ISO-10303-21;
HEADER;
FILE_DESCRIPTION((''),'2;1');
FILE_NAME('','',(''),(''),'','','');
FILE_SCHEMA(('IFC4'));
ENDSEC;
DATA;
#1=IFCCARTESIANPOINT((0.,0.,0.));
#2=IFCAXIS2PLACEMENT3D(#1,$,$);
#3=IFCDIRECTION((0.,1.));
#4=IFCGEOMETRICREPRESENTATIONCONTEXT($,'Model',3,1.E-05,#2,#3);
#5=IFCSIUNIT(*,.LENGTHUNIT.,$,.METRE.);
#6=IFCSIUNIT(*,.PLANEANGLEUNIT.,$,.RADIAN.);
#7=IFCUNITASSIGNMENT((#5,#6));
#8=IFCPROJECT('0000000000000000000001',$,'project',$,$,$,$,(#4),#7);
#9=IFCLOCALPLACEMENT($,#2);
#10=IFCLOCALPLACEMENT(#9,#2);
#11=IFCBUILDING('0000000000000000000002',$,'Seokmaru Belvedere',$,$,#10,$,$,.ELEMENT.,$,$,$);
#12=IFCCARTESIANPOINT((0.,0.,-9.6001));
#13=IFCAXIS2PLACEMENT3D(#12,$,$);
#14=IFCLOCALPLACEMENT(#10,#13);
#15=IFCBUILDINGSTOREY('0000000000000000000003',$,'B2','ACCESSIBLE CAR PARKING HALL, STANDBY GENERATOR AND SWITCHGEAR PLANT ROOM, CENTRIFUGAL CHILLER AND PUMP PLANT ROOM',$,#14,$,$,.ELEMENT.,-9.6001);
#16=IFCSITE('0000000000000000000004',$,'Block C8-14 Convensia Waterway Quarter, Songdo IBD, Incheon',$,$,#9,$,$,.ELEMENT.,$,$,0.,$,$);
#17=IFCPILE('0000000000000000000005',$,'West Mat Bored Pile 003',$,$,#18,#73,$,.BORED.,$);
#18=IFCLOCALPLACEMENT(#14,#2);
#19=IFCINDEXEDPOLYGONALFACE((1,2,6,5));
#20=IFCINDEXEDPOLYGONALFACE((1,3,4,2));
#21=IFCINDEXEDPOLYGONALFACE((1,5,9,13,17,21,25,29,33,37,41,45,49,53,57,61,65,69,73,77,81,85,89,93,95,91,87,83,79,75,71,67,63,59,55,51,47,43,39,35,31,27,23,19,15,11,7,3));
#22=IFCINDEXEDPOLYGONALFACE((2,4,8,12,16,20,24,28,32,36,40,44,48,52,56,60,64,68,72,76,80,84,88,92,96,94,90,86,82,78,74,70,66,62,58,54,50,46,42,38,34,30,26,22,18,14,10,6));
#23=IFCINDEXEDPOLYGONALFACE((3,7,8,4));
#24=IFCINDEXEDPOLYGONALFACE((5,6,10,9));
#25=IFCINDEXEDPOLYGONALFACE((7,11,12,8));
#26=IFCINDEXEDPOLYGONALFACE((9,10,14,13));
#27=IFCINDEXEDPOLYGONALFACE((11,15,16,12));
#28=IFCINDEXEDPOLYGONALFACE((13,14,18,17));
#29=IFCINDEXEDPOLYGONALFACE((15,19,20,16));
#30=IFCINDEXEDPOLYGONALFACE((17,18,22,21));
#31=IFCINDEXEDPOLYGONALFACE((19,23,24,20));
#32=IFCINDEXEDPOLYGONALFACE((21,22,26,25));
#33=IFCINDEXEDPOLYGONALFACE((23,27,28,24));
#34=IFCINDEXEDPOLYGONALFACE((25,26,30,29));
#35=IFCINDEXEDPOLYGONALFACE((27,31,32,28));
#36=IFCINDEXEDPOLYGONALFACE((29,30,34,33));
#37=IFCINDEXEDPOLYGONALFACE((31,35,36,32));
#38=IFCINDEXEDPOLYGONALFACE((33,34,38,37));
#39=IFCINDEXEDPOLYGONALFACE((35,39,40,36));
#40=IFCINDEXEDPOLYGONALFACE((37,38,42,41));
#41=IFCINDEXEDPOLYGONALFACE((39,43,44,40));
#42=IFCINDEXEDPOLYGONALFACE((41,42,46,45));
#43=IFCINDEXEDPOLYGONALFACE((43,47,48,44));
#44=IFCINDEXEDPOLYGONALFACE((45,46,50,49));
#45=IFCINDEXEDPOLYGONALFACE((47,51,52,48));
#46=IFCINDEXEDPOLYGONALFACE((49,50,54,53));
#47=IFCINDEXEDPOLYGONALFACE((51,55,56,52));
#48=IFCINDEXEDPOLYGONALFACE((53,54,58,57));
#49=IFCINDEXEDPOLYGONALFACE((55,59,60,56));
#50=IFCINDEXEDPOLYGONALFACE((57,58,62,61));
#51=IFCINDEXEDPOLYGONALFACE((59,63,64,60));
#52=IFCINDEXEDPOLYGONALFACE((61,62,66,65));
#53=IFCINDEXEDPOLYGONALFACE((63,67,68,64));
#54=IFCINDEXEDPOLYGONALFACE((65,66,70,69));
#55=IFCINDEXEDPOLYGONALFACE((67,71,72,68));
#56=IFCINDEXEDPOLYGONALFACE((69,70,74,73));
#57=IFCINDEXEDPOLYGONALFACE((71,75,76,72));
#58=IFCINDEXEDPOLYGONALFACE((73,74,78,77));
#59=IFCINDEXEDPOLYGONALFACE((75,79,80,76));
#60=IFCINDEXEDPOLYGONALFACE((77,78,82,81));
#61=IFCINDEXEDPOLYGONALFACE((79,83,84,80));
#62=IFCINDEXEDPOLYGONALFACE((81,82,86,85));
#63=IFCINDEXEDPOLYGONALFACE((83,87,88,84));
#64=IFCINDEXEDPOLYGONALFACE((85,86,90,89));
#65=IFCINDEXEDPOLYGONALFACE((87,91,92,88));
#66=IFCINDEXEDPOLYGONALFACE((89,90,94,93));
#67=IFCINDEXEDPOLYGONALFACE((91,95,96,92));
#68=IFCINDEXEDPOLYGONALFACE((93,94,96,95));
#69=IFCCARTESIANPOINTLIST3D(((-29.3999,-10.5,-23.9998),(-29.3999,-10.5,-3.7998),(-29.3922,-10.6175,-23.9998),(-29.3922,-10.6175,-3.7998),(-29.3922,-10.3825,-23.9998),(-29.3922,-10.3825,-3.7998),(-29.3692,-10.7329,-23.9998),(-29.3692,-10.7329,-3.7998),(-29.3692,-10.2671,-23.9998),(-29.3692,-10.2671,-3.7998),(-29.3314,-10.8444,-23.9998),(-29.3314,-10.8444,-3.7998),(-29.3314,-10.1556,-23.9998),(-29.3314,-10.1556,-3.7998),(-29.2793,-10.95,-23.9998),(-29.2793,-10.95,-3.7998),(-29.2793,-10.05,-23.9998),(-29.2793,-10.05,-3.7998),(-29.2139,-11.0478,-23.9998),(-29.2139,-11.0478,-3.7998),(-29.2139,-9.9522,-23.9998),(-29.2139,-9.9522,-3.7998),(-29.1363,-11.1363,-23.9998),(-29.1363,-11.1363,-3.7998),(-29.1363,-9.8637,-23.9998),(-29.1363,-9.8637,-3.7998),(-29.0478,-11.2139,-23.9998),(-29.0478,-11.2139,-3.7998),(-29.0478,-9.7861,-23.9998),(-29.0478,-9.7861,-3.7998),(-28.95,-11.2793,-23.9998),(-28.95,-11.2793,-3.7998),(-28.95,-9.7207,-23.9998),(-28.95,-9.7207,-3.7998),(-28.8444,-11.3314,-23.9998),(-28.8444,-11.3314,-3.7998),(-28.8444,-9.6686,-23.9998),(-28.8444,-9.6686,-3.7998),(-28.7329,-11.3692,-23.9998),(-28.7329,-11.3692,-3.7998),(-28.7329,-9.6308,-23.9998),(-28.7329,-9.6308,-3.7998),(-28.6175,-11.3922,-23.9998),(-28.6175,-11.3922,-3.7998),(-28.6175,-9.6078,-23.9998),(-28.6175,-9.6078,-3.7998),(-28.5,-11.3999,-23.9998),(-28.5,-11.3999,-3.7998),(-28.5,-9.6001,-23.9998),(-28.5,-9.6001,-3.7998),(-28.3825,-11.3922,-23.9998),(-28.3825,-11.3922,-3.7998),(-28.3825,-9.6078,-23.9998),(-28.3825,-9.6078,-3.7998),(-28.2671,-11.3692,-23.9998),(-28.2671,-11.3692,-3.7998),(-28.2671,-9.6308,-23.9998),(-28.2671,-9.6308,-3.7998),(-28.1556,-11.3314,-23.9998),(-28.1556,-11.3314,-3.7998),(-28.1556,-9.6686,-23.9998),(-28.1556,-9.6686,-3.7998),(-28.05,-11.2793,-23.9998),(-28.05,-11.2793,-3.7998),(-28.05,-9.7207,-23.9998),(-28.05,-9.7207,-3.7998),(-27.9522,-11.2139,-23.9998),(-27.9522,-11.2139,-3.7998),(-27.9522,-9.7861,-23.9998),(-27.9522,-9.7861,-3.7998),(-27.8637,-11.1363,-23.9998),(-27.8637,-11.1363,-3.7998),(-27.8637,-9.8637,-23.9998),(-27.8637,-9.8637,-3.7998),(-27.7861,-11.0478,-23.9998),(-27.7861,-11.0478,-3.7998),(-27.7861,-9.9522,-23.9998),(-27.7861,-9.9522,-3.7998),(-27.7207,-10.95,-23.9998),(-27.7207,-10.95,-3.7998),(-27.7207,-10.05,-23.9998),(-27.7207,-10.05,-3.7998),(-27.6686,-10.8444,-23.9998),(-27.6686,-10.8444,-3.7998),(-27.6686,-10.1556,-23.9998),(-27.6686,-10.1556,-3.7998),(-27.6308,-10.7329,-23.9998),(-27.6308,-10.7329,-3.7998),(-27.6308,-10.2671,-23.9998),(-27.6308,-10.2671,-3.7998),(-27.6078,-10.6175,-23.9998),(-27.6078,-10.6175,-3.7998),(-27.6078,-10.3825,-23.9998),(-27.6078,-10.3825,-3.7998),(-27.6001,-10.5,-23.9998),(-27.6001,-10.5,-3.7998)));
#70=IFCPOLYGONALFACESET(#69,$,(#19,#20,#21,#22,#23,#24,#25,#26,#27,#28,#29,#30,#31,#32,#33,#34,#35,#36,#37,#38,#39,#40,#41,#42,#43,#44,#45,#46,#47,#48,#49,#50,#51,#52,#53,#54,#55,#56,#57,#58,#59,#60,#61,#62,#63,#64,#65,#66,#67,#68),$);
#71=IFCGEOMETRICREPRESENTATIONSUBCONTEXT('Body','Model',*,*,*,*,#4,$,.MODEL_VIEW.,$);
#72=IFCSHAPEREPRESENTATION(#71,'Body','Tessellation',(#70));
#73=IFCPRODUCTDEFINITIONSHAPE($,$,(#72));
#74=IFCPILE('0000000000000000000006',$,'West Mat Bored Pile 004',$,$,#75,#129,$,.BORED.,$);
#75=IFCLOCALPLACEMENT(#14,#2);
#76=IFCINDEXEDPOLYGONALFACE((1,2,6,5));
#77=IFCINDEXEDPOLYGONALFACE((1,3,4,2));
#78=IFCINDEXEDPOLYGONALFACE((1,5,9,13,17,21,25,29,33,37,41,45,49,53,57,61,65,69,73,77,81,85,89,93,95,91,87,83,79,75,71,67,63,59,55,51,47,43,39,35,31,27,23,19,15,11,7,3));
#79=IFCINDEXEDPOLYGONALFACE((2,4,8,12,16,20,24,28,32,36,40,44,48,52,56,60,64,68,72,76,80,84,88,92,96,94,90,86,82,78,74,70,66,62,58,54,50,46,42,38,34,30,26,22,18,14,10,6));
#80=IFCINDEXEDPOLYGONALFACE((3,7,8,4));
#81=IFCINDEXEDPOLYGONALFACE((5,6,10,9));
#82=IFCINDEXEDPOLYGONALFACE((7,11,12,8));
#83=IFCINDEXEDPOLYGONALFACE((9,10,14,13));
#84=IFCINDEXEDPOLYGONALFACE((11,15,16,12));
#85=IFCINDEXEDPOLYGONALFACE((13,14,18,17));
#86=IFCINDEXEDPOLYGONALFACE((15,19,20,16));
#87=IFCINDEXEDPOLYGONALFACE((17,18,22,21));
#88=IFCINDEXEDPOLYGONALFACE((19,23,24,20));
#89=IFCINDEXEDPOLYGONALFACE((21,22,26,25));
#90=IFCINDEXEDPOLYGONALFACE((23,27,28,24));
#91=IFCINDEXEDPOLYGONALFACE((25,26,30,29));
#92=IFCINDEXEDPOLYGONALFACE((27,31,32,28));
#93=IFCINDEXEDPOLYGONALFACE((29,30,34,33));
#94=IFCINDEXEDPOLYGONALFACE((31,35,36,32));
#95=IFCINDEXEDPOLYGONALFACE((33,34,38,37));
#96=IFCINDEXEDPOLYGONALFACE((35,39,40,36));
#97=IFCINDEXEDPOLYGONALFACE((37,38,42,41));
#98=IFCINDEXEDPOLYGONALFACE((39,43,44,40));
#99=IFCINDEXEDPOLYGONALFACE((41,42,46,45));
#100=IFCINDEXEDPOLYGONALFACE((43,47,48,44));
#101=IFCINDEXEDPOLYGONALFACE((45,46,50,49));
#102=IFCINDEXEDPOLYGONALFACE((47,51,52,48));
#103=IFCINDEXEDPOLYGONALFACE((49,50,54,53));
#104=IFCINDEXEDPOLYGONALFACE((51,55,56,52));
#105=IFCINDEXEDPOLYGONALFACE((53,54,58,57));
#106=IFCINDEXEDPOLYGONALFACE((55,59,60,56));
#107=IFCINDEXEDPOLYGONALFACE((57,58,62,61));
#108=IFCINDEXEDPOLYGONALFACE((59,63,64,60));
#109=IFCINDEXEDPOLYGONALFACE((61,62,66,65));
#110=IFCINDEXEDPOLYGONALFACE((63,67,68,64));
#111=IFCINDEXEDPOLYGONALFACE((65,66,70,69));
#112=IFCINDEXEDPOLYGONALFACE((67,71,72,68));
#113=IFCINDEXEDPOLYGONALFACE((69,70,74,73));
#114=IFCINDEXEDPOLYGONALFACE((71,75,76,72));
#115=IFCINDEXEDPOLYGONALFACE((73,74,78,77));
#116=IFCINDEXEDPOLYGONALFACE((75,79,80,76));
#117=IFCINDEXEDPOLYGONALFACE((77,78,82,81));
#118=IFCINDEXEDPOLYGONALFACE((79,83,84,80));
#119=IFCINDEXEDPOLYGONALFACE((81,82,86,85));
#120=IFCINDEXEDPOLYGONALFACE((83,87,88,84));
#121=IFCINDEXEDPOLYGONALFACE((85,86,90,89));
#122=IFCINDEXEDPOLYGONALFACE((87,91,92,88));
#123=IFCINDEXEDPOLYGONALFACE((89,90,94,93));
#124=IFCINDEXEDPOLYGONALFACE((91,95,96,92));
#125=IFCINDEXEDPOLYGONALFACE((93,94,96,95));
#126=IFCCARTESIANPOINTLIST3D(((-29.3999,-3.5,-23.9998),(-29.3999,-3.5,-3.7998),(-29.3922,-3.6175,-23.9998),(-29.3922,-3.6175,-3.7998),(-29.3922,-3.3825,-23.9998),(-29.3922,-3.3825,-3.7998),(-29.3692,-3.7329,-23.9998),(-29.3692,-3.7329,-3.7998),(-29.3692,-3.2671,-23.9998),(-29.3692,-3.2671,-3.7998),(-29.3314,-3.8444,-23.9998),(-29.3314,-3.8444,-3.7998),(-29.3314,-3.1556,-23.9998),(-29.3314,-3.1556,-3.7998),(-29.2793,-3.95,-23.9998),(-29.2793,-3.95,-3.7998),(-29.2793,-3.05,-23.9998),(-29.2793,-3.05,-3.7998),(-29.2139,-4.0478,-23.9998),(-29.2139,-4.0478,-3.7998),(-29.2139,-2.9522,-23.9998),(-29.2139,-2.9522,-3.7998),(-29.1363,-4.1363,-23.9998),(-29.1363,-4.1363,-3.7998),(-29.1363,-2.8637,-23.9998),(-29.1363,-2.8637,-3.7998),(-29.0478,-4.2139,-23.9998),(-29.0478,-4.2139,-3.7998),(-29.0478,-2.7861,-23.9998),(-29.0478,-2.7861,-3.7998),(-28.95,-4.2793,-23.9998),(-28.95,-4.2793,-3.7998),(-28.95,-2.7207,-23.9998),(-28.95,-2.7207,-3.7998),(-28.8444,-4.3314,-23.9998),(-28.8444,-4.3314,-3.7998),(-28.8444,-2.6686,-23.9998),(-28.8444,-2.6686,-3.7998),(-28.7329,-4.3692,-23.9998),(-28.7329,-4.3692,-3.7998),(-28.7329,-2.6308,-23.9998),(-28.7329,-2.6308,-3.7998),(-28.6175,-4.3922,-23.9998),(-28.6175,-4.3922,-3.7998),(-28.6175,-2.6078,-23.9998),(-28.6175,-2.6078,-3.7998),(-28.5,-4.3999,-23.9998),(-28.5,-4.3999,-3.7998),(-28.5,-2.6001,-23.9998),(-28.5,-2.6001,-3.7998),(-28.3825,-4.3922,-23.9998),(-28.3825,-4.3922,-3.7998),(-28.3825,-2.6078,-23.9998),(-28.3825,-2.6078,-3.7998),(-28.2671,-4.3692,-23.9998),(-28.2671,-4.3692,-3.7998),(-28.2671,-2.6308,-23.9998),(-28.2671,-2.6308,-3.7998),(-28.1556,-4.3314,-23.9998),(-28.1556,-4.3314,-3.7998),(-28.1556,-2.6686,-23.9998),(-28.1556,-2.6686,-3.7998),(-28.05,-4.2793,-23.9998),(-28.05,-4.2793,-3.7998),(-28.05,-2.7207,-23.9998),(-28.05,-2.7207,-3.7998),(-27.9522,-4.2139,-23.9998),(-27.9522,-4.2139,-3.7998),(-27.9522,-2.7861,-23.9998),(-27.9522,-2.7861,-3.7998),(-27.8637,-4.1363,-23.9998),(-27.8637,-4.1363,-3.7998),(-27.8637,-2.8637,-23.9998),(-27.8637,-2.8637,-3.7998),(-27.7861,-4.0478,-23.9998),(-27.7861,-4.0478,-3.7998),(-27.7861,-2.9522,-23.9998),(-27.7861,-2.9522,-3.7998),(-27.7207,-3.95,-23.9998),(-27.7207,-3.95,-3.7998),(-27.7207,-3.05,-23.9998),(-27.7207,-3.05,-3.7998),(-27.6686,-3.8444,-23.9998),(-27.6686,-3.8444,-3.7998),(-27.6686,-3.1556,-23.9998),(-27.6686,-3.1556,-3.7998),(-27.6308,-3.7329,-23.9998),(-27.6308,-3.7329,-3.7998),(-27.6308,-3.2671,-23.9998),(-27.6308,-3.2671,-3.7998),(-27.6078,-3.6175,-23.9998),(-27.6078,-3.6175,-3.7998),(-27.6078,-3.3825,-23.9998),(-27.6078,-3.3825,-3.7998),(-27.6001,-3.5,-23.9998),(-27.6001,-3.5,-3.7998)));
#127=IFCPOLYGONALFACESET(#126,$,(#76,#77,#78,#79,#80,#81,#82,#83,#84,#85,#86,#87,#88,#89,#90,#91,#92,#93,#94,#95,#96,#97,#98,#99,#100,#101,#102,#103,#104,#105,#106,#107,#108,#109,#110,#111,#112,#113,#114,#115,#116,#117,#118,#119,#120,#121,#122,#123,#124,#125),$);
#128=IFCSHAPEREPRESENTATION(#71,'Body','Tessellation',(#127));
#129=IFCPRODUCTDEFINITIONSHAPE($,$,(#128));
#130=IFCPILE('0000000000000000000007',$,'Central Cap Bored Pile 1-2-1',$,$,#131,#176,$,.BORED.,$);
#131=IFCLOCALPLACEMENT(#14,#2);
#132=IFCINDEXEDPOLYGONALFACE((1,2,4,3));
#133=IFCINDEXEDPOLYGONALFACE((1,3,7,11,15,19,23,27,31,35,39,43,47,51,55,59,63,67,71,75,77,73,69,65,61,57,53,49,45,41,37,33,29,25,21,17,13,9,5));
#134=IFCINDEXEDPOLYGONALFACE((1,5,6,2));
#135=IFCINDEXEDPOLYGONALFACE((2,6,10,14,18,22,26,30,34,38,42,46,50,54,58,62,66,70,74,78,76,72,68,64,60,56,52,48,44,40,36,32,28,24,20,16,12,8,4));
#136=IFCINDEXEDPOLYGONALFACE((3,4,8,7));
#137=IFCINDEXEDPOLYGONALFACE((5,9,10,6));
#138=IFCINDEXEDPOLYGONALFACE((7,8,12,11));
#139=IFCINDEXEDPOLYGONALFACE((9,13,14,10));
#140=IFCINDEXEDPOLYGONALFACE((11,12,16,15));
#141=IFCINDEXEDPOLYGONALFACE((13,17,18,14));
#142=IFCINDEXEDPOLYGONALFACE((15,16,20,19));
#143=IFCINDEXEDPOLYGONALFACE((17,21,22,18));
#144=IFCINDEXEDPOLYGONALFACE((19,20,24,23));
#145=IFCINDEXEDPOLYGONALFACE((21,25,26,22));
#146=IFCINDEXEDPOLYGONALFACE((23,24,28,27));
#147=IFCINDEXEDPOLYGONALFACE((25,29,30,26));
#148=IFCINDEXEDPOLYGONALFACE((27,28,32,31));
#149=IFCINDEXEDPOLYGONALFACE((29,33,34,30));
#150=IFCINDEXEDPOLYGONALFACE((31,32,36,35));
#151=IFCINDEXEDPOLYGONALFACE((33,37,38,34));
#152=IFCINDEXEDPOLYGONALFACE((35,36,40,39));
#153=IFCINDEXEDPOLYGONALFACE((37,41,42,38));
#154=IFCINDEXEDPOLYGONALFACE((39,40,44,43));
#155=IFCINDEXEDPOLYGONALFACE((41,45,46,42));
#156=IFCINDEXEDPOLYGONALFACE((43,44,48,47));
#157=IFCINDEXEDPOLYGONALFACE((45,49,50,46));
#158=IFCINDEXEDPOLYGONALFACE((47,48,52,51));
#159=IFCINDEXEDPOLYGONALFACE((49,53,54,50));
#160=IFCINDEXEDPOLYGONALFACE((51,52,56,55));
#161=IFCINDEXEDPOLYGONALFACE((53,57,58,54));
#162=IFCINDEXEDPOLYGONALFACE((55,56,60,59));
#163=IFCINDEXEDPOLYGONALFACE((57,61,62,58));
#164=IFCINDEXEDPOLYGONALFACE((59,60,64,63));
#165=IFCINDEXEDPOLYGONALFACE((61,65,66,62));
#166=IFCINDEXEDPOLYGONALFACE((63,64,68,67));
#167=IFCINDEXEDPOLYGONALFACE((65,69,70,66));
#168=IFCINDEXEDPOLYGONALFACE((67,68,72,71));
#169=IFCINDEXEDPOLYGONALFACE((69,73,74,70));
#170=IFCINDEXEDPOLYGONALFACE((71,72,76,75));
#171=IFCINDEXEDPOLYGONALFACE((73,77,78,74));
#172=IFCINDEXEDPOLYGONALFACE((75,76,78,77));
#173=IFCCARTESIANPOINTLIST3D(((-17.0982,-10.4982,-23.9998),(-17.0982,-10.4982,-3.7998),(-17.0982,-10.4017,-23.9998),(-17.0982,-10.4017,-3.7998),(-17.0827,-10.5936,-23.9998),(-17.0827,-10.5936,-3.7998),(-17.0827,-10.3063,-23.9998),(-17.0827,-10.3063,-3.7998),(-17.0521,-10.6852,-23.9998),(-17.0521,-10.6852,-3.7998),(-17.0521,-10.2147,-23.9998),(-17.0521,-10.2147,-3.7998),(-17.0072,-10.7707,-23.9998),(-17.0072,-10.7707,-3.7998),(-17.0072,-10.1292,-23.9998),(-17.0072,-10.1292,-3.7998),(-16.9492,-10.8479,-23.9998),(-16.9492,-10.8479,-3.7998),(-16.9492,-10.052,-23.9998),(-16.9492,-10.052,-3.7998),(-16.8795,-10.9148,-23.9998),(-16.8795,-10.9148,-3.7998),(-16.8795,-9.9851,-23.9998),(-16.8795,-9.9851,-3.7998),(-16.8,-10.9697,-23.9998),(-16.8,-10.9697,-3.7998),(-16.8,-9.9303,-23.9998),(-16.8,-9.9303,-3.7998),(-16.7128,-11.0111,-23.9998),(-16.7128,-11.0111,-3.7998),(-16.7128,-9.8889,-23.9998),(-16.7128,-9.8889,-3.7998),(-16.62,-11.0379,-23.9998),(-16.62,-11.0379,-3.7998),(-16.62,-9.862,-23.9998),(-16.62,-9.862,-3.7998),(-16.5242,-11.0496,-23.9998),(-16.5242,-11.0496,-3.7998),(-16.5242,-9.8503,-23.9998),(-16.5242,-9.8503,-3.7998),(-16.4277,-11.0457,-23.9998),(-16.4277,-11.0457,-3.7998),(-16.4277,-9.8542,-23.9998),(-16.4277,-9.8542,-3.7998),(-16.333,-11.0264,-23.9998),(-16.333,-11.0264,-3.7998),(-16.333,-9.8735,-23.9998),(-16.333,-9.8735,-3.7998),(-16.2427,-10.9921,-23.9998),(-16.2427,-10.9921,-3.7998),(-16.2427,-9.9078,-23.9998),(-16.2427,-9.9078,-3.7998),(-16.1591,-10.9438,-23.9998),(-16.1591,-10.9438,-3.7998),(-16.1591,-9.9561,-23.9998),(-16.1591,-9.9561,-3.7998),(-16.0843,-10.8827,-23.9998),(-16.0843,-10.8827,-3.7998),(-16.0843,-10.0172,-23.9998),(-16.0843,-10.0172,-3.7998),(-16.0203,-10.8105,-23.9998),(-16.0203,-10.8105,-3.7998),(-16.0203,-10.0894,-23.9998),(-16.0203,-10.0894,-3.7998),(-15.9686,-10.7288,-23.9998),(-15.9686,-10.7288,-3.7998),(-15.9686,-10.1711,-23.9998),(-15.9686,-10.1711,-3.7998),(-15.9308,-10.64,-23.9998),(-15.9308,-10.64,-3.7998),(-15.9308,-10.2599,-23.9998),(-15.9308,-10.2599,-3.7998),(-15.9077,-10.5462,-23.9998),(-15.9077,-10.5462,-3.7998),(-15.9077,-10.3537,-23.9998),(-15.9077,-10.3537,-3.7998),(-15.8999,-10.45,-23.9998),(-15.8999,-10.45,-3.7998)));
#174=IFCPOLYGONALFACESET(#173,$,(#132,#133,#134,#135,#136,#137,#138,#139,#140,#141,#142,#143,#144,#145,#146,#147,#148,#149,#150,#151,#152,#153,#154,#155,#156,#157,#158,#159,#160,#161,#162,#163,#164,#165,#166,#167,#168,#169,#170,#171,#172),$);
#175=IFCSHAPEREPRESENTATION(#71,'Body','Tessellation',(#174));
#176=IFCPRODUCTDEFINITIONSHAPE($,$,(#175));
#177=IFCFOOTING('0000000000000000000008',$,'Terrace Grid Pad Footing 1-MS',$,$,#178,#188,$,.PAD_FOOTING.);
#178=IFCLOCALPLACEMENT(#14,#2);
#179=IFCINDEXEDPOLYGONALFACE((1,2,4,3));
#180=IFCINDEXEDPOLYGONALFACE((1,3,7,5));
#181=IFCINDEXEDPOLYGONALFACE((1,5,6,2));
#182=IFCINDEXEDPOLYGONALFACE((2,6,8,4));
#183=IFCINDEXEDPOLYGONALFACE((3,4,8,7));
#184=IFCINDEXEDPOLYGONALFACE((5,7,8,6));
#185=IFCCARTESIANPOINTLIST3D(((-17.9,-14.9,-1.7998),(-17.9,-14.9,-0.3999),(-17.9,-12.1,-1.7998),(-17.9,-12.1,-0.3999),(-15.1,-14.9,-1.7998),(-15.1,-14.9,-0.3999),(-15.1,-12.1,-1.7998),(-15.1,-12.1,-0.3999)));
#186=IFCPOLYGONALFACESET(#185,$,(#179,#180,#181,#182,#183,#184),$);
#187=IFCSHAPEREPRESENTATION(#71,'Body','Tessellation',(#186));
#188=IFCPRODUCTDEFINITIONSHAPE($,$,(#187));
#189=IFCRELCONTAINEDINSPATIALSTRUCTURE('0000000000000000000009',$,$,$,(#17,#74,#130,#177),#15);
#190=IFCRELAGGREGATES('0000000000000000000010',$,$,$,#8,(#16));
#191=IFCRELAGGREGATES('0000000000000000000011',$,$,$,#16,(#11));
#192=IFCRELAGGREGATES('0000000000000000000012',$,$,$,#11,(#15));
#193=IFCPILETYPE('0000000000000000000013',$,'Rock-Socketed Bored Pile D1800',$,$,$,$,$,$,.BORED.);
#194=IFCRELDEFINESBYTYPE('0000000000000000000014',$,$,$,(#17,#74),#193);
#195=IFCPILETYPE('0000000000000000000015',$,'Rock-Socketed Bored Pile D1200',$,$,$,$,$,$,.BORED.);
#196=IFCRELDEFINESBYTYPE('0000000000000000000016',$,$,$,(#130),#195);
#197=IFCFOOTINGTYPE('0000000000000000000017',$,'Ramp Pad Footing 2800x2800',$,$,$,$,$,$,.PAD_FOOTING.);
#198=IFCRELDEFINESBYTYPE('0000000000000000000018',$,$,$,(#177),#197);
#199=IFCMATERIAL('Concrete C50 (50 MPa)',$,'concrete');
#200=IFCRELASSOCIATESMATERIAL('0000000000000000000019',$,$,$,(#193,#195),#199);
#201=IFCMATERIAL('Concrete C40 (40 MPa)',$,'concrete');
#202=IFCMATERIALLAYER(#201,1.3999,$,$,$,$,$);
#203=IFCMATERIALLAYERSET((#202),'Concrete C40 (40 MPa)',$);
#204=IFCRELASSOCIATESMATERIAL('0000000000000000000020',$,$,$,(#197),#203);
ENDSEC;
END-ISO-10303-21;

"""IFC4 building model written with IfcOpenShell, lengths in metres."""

from ifc_helpers import new_model, si_unit, direction, frame, origin, origin_2d, place, context, subcontext, project, spatial, rectangle, circle, extrude, source, transform, mapped, material, layer, layer_set, material_profile, profile_set, type_object, type_shapes, element, save


model = new_model("IFC4")

# Units and contexts
model_context = context("Model", 3, precision=1e-05, world=origin(), true_north=direction((0.0, 1.0)))
body_context = subcontext(model_context, "Body", "Model", "MODEL_VIEW")
ifc_project = project(units=[si_unit("LENGTHUNIT", "METRE"), si_unit("PLANEANGLEUNIT", "RADIAN")], contexts=[model_context])

# Site, building, storey
site_placement = place(None, origin())
site = spatial("IfcSite", under=ifc_project, at=site_placement, Name="Block C8-14 Convensia Waterway Quarter, Songdo IBD, Incheon", CompositionType="ELEMENT", RefElevation=0.0)
building_placement = place(site_placement, origin())
building = spatial("IfcBuilding", under=site, at=building_placement, Name="Seokmaru Belvedere", CompositionType="ELEMENT")
storey_placement = place(building_placement, frame((0.0, 0.0, -9.6001)))
storey = spatial("IfcBuildingStorey", under=building, at=storey_placement, Name="B2", Description="ACCESSIBLE CAR PARKING HALL, STANDBY GENERATOR AND SWITCHGEAR PLANT ROOM, CENTRIFUGAL CHILLER AND PUMP PLANT ROOM", CompositionType="ELEMENT", Elevation=-9.6001)

# Piles
ifc_material_1 = material(Name="Concrete C50 (50 MPa)", Category="concrete")
ifc_material_profile_1 = material_profile(ifc_material_1, circle(Radius=0.8999, at=origin_2d()), Name="PILE-D1800")
ifc_profile_set_1 = profile_set([ifc_material_profile_1], Name="Concrete C50 (50 MPa)")
pile_type_1 = type_object("IfcPileType", Name="Rock-Socketed Bored Pile D1800", PredefinedType="BORED", material=ifc_profile_set_1)
shared_shape_1 = source(origin(), body_context, "Body", "SweptSolid", [
    extrude(circle(Radius=0.8999, at=origin_2d()), origin(), (0.0, 0.0, 1.0), 20.2),
])
type_shapes(pile_type_1, [shared_shape_1])
for number, where, z_axis, x_axis, name in (
    (1, (-28.5, -10.5, -3.7998), (0.0, 0.0, -1.0), (1.0, 0.0, 0.0), "West Mat Bored Pile 003"),
    (2, (-28.5, -3.5, -3.7998), (0.0, 0.0, -1.0), (1.0, 0.0, 0.0), "West Mat Bored Pile 004"),
):
    element("IfcPile", number, at=place(storey_placement, frame(where, z_axis=z_axis, x_axis=x_axis)), inside=storey, type_object=pile_type_1, Name=name, PredefinedType="BORED", context=body_context, shape_type="MappedRepresentation", body=[
        mapped(shared_shape_1, transform((0.0, 0.0, 0.0), scale=1.0)),
    ])
ifc_material_profile_2 = material_profile(ifc_material_1, circle(Radius=0.6001, at=origin_2d()), Name="PILE-D1200")
ifc_profile_set_2 = profile_set([ifc_material_profile_2], Name="Concrete C50 (50 MPa)")
pile_type_2 = type_object("IfcPileType", Name="Rock-Socketed Bored Pile D1200", PredefinedType="BORED", material=ifc_profile_set_2)
shared_shape_2 = source(origin(), body_context, "Body", "SweptSolid", [
    extrude(circle(Radius=0.6001, at=origin_2d()), origin(), (0.0, 0.0, 1.0), 20.2),
])
type_shapes(pile_type_2, [shared_shape_2])
pile_placement = place(storey_placement, frame((-16.5, -10.45, -3.7998), z_axis=(0.0, 0.0, -1.0), x_axis=(1.0, 0.0, 0.0)))
element("IfcPile", 3, at=pile_placement, inside=storey, type_object=pile_type_2, Name="Central Cap Bored Pile 1-2-1", PredefinedType="BORED", context=body_context, shape_type="MappedRepresentation", body=[
    mapped(shared_shape_2, transform((0.0, 0.0, 0.0), scale=1.0)),
])

# Footing
ifc_material_2 = material(Name="Concrete C40 (40 MPa)", Category="concrete")
ifc_layer_1 = layer(ifc_material_2, 1.3999)
ifc_layer_set_1 = layer_set([ifc_layer_1], Name="Concrete C40 (40 MPa)")
footing_type_1 = type_object("IfcFootingType", Name="Ramp Pad Footing 2800x2800", PredefinedType="PAD_FOOTING", material=ifc_layer_set_1)
shared_shape_3 = source(origin(), body_context, "Body", "SweptSolid", [
    extrude(rectangle(XDim=2.8, YDim=2.8, at=origin_2d()), origin(), (0.0, 0.0, 1.0), 1.3999),
])
type_shapes(footing_type_1, [shared_shape_3])
footing_1_placement = place(storey_placement, frame((-16.5, -13.5, -1.7998), z_axis=(0.0, 0.0, 1.0), x_axis=(1.0, 0.0, 0.0)))
element("IfcFooting", 4, at=footing_1_placement, inside=storey, type_object=footing_type_1, Name="Terrace Grid Pad Footing 1-MS", PredefinedType="PAD_FOOTING", context=body_context, shape_type="MappedRepresentation", body=[
    mapped(shared_shape_3, transform((0.0, 0.0, 0.0), scale=1.0)),
])

save(model, "model.ifc")
